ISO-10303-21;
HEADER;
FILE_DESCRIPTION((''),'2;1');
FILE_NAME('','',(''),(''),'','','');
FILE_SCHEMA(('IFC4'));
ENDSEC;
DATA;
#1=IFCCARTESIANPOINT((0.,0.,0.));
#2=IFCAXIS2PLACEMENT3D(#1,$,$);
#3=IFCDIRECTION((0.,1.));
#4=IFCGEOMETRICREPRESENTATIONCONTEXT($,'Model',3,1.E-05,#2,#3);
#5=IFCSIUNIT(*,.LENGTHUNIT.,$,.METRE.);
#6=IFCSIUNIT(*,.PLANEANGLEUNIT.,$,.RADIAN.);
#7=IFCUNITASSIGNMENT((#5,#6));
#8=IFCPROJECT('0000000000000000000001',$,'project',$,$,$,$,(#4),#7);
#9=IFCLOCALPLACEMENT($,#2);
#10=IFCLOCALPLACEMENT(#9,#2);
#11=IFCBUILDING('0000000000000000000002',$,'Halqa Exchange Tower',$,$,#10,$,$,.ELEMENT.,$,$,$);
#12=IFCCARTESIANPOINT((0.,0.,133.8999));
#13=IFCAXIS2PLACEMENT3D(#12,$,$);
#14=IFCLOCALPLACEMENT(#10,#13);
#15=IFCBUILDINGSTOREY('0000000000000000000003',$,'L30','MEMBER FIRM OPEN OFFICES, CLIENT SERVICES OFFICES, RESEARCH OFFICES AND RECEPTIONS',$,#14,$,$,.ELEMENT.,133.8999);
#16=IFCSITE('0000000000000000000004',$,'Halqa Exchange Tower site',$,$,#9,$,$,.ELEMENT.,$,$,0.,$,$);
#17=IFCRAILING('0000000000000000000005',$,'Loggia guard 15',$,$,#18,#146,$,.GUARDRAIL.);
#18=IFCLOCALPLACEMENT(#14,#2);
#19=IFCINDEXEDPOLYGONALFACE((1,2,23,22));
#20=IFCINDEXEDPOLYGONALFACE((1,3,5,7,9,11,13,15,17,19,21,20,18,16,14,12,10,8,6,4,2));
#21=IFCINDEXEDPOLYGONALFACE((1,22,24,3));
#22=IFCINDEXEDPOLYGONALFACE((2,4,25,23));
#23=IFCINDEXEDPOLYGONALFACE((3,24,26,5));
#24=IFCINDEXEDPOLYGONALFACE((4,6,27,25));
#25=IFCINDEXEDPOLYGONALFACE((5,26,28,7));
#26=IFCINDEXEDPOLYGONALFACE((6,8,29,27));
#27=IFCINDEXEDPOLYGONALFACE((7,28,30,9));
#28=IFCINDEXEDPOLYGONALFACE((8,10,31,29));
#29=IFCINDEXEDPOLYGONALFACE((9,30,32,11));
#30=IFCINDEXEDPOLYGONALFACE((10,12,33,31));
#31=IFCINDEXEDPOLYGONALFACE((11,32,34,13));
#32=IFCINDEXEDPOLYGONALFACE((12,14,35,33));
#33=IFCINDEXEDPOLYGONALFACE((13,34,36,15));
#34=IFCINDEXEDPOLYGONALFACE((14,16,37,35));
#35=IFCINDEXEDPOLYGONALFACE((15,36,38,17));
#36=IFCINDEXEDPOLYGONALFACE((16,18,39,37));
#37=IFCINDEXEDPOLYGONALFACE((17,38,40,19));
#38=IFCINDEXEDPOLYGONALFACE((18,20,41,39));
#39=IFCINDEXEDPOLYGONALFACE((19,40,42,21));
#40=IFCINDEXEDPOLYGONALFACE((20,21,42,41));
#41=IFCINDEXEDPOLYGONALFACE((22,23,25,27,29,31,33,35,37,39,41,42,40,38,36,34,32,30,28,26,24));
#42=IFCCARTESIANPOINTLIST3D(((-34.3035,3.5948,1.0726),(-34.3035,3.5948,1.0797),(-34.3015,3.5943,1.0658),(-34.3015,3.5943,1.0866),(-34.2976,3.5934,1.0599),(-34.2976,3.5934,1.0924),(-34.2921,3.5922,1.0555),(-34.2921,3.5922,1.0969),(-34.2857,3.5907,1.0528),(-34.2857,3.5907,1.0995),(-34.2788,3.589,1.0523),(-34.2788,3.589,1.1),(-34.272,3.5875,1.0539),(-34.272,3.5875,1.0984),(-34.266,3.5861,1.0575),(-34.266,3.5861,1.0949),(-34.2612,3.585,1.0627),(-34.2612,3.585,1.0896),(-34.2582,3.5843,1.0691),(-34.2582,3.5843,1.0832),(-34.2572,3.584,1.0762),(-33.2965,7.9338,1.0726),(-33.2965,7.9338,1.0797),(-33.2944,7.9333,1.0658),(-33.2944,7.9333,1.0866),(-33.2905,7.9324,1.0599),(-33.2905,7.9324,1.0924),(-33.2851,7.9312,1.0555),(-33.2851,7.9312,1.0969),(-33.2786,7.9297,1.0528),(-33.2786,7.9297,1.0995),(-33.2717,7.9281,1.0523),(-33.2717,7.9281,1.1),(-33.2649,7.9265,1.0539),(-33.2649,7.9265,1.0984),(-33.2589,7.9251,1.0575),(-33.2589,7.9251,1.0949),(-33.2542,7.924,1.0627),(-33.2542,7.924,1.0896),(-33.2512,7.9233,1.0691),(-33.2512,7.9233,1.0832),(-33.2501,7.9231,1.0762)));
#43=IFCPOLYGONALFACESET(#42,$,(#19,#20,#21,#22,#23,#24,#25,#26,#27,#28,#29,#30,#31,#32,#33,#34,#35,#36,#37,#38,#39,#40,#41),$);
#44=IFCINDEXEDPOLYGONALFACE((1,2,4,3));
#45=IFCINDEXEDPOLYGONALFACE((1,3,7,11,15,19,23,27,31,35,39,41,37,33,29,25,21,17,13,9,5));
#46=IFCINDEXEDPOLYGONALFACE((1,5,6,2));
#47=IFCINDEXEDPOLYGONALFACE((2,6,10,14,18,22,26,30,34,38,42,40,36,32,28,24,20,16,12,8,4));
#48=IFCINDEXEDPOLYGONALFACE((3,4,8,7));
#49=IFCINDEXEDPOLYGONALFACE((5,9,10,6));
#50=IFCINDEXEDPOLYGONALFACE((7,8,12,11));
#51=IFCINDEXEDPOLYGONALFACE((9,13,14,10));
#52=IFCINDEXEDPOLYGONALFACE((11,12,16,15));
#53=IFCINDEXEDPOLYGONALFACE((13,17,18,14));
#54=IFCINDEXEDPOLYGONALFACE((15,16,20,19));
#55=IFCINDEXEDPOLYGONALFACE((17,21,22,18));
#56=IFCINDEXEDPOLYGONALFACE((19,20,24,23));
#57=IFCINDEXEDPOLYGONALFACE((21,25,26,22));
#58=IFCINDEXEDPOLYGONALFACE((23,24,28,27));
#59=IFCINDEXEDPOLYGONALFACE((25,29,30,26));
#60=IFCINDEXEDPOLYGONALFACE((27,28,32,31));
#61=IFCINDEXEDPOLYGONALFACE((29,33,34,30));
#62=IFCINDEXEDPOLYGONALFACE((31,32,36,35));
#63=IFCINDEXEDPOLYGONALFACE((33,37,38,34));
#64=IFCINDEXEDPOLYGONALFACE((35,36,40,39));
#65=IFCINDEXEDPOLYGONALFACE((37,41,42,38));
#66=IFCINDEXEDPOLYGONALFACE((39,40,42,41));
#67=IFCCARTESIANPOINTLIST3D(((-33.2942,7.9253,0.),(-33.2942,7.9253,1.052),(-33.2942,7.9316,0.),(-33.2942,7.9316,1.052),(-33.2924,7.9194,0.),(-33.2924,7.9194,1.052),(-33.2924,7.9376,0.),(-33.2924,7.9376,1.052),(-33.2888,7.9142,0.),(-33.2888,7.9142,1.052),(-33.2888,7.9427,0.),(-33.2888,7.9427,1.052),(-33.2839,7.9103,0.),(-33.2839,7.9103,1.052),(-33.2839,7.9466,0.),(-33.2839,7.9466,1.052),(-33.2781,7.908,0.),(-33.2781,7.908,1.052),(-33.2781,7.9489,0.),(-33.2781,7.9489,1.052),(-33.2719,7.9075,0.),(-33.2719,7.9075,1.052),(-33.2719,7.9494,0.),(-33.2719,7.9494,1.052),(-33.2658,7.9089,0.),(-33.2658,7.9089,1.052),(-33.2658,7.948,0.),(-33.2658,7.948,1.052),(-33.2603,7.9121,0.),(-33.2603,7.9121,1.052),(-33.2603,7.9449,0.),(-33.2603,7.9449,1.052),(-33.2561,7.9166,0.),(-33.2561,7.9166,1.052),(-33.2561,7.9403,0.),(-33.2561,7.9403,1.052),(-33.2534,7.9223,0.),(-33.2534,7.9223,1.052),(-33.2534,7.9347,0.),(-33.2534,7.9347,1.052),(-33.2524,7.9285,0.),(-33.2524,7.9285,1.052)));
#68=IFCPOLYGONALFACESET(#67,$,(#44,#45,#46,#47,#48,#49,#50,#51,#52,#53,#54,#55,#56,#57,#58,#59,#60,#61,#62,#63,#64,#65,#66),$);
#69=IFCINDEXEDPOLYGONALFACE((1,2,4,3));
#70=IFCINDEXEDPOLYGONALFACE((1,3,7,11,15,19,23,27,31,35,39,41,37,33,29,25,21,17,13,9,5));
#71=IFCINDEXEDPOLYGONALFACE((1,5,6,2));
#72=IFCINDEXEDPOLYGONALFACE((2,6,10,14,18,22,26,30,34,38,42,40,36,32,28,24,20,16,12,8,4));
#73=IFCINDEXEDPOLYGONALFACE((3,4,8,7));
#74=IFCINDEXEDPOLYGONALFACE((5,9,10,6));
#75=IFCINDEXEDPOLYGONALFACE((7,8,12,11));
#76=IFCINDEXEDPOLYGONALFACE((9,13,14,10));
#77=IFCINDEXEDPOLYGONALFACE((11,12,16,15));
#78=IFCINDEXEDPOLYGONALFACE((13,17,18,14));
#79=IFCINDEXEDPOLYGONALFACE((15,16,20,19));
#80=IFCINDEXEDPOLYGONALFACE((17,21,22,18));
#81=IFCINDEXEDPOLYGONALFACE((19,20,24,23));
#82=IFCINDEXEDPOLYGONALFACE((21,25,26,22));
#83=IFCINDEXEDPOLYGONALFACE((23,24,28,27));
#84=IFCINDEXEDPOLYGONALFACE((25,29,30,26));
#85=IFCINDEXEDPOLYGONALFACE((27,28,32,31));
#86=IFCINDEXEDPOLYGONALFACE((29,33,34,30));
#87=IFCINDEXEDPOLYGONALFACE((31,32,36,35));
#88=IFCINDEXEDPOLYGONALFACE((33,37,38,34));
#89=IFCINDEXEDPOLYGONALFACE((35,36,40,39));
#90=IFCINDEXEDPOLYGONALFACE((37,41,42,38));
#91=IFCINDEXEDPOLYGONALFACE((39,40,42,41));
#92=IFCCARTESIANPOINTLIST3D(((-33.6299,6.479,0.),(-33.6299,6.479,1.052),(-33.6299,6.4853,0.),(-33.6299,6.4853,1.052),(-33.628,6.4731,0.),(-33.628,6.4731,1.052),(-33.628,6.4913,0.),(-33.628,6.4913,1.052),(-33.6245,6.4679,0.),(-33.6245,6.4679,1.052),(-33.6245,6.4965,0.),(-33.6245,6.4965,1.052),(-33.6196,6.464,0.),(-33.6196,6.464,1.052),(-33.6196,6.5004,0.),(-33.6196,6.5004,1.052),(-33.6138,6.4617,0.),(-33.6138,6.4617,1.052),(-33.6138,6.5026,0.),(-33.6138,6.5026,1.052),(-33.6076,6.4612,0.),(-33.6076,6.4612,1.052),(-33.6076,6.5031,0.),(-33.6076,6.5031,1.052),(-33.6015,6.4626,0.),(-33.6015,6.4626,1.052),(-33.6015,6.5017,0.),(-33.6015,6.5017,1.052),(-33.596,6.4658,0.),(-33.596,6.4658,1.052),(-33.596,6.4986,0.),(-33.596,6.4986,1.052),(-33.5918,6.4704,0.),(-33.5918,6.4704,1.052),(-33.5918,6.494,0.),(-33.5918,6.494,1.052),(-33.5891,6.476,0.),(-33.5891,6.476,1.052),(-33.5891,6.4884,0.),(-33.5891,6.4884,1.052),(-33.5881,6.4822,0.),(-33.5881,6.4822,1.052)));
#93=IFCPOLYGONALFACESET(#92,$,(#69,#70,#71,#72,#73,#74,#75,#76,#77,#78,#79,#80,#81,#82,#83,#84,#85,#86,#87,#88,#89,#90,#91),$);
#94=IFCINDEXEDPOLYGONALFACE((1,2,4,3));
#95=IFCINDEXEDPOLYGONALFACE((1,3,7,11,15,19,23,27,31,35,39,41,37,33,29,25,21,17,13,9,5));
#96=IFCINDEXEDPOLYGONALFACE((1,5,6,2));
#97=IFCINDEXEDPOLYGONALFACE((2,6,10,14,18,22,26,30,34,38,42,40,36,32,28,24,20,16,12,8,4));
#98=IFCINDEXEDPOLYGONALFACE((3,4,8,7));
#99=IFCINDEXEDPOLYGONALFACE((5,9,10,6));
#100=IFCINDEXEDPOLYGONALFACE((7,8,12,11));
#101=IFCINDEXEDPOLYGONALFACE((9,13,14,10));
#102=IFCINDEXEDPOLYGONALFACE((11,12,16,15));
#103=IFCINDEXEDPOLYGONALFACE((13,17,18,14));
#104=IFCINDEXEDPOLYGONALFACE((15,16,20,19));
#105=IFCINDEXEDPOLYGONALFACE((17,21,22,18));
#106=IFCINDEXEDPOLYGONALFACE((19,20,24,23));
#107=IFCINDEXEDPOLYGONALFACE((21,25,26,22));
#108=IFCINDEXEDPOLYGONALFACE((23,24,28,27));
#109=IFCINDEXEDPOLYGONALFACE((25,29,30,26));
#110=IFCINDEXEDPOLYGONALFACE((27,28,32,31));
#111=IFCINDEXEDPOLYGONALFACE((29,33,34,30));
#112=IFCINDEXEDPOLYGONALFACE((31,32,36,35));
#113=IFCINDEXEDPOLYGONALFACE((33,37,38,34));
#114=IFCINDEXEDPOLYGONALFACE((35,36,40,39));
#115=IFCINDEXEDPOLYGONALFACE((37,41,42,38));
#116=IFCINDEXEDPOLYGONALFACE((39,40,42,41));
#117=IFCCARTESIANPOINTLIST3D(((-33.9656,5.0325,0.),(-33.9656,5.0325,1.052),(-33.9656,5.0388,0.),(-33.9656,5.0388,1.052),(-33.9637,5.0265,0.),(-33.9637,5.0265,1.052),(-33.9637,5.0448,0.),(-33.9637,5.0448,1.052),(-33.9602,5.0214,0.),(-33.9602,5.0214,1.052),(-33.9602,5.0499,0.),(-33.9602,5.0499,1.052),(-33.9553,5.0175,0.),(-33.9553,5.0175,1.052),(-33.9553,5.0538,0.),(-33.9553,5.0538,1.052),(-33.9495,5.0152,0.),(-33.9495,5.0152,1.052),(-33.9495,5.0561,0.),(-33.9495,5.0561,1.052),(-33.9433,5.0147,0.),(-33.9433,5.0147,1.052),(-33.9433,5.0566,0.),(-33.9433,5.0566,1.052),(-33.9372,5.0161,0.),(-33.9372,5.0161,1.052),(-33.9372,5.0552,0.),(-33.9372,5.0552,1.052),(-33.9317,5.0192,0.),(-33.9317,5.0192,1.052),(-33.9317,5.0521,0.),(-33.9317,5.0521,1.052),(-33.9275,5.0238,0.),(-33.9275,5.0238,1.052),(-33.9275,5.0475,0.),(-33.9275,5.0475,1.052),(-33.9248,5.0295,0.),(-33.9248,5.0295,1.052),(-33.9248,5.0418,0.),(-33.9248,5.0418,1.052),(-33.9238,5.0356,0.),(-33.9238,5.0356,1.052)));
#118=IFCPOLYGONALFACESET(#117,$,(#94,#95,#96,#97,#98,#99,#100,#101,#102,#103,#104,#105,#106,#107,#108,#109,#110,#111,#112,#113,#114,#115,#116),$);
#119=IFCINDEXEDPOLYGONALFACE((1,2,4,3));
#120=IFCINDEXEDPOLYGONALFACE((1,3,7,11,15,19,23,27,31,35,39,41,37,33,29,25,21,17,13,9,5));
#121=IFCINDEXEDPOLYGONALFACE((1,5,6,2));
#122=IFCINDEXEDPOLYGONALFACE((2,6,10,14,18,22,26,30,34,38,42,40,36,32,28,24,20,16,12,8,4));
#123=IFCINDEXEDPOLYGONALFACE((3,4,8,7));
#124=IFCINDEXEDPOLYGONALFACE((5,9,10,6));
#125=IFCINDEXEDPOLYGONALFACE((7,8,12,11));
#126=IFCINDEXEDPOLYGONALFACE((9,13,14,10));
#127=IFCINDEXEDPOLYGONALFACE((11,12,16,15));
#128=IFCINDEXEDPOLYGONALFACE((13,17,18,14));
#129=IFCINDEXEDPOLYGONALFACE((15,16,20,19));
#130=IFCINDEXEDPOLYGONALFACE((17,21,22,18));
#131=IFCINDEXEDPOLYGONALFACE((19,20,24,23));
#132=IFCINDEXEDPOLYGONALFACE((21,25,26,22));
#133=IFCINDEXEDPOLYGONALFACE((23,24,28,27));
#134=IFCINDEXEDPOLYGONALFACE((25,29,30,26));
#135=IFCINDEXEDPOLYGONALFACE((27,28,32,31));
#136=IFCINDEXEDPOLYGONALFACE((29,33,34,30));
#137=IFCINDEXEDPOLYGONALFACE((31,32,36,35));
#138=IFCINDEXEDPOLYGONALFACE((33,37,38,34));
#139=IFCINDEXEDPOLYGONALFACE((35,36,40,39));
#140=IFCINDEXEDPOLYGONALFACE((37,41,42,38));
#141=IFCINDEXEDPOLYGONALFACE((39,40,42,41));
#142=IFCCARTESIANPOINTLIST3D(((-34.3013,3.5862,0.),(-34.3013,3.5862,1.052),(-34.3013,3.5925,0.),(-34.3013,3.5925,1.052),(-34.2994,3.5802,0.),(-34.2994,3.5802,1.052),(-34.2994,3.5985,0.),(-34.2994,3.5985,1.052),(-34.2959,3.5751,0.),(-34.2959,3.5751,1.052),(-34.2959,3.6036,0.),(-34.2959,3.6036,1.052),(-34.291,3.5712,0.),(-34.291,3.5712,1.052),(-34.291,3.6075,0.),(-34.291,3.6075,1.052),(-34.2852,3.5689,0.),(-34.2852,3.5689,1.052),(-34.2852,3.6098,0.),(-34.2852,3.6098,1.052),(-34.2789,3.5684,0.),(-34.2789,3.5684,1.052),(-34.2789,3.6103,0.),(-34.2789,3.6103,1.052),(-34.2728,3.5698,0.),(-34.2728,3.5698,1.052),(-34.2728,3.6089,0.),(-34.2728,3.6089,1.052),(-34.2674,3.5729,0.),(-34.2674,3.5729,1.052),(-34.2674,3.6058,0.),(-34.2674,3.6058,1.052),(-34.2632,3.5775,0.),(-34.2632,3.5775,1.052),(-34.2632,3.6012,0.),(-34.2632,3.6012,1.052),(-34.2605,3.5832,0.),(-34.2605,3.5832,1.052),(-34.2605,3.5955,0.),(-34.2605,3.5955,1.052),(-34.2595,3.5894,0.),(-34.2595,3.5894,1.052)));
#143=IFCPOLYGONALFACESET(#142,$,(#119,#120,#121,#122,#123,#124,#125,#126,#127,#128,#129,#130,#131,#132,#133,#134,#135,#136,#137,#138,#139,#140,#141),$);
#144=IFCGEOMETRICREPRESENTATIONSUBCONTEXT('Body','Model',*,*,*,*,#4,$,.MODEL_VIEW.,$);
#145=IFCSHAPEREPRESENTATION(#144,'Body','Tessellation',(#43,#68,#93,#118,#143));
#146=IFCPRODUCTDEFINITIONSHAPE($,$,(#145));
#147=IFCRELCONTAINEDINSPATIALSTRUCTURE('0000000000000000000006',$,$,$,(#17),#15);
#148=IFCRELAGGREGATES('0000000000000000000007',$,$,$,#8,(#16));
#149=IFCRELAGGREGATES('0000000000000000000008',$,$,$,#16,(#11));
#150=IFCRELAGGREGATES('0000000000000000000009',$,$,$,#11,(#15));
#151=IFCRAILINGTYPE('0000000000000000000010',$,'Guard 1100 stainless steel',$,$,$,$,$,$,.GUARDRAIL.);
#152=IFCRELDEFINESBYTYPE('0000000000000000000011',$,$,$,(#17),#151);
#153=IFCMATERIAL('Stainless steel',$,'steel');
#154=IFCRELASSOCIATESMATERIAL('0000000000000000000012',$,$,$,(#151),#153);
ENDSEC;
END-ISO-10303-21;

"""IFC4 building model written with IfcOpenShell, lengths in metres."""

from ifc_helpers import new_model, si_unit, direction, frame, origin, origin_2d, place, context, subcontext, project, spatial, circle, extrude, material, type_object, element, save


model = new_model("IFC4")

# Units and contexts
model_context = context("Model", 3, precision=1e-05, world=origin(), true_north=direction((0.0, 1.0)))
body_context = subcontext(model_context, "Body", "Model", "MODEL_VIEW")
ifc_project = project(units=[si_unit("LENGTHUNIT", "METRE"), si_unit("PLANEANGLEUNIT", "RADIAN")], contexts=[model_context])

# Site, building, storey
site_placement = place(None, origin())
site = spatial("IfcSite", under=ifc_project, at=site_placement, Name="Halqa Exchange Tower site", CompositionType="ELEMENT", RefElevation=0.0)
building_placement = place(site_placement, origin())
building = spatial("IfcBuilding", under=site, at=building_placement, Name="Halqa Exchange Tower", CompositionType="ELEMENT")
storey_placement = place(building_placement, frame((0.0, 0.0, 133.8999)))
storey = spatial("IfcBuildingStorey", under=building, at=storey_placement, Name="L30", Description="MEMBER FIRM OPEN OFFICES, CLIENT SERVICES OFFICES, RESEARCH OFFICES AND RECEPTIONS", CompositionType="ELEMENT", Elevation=133.8999)

# Railing
ifc_material_1 = material(Name="Stainless steel", Category="steel")
railing_type = type_object("IfcRailingType", Name="Guard 1100 stainless steel", PredefinedType="GUARDRAIL", material=ifc_material_1)
railing_1_placement = place(storey_placement, frame((-33.2734, 7.9285, 0.0)))
element("IfcRailing", 1, at=railing_1_placement, inside=storey, type_object=railing_type, Name="Loggia guard 15", PredefinedType="GUARDRAIL", context=body_context, shape_type="SweptSolid", body=[
    extrude(circle(Radius=0.0239, at=origin_2d()), frame((0.0, 0.0, 1.0762), z_axis=(-0.226084, -0.974108, 0.0), x_axis=(0.974108, -0.226084, 0.0)), (0.0, 0.0, 1.0), 4.4543),
    extrude(circle(Radius=0.021, at=origin_2d()), origin(), (0.0, 0.0, 1.0), 1.052),
    extrude(circle(Radius=0.021, at=origin_2d()), frame((-0.3357, -1.4463, 0.0)), (0.0, 0.0, 1.0), 1.052),
    extrude(circle(Radius=0.021, at=origin_2d()), frame((-0.6714, -2.8928, 0.0)), (0.0, 0.0, 1.0), 1.052),
    extrude(circle(Radius=0.021, at=origin_2d()), frame((-1.0071, -4.3391, 0.0)), (0.0, 0.0, 1.0), 1.052),
])

save(model, "model.ifc")
